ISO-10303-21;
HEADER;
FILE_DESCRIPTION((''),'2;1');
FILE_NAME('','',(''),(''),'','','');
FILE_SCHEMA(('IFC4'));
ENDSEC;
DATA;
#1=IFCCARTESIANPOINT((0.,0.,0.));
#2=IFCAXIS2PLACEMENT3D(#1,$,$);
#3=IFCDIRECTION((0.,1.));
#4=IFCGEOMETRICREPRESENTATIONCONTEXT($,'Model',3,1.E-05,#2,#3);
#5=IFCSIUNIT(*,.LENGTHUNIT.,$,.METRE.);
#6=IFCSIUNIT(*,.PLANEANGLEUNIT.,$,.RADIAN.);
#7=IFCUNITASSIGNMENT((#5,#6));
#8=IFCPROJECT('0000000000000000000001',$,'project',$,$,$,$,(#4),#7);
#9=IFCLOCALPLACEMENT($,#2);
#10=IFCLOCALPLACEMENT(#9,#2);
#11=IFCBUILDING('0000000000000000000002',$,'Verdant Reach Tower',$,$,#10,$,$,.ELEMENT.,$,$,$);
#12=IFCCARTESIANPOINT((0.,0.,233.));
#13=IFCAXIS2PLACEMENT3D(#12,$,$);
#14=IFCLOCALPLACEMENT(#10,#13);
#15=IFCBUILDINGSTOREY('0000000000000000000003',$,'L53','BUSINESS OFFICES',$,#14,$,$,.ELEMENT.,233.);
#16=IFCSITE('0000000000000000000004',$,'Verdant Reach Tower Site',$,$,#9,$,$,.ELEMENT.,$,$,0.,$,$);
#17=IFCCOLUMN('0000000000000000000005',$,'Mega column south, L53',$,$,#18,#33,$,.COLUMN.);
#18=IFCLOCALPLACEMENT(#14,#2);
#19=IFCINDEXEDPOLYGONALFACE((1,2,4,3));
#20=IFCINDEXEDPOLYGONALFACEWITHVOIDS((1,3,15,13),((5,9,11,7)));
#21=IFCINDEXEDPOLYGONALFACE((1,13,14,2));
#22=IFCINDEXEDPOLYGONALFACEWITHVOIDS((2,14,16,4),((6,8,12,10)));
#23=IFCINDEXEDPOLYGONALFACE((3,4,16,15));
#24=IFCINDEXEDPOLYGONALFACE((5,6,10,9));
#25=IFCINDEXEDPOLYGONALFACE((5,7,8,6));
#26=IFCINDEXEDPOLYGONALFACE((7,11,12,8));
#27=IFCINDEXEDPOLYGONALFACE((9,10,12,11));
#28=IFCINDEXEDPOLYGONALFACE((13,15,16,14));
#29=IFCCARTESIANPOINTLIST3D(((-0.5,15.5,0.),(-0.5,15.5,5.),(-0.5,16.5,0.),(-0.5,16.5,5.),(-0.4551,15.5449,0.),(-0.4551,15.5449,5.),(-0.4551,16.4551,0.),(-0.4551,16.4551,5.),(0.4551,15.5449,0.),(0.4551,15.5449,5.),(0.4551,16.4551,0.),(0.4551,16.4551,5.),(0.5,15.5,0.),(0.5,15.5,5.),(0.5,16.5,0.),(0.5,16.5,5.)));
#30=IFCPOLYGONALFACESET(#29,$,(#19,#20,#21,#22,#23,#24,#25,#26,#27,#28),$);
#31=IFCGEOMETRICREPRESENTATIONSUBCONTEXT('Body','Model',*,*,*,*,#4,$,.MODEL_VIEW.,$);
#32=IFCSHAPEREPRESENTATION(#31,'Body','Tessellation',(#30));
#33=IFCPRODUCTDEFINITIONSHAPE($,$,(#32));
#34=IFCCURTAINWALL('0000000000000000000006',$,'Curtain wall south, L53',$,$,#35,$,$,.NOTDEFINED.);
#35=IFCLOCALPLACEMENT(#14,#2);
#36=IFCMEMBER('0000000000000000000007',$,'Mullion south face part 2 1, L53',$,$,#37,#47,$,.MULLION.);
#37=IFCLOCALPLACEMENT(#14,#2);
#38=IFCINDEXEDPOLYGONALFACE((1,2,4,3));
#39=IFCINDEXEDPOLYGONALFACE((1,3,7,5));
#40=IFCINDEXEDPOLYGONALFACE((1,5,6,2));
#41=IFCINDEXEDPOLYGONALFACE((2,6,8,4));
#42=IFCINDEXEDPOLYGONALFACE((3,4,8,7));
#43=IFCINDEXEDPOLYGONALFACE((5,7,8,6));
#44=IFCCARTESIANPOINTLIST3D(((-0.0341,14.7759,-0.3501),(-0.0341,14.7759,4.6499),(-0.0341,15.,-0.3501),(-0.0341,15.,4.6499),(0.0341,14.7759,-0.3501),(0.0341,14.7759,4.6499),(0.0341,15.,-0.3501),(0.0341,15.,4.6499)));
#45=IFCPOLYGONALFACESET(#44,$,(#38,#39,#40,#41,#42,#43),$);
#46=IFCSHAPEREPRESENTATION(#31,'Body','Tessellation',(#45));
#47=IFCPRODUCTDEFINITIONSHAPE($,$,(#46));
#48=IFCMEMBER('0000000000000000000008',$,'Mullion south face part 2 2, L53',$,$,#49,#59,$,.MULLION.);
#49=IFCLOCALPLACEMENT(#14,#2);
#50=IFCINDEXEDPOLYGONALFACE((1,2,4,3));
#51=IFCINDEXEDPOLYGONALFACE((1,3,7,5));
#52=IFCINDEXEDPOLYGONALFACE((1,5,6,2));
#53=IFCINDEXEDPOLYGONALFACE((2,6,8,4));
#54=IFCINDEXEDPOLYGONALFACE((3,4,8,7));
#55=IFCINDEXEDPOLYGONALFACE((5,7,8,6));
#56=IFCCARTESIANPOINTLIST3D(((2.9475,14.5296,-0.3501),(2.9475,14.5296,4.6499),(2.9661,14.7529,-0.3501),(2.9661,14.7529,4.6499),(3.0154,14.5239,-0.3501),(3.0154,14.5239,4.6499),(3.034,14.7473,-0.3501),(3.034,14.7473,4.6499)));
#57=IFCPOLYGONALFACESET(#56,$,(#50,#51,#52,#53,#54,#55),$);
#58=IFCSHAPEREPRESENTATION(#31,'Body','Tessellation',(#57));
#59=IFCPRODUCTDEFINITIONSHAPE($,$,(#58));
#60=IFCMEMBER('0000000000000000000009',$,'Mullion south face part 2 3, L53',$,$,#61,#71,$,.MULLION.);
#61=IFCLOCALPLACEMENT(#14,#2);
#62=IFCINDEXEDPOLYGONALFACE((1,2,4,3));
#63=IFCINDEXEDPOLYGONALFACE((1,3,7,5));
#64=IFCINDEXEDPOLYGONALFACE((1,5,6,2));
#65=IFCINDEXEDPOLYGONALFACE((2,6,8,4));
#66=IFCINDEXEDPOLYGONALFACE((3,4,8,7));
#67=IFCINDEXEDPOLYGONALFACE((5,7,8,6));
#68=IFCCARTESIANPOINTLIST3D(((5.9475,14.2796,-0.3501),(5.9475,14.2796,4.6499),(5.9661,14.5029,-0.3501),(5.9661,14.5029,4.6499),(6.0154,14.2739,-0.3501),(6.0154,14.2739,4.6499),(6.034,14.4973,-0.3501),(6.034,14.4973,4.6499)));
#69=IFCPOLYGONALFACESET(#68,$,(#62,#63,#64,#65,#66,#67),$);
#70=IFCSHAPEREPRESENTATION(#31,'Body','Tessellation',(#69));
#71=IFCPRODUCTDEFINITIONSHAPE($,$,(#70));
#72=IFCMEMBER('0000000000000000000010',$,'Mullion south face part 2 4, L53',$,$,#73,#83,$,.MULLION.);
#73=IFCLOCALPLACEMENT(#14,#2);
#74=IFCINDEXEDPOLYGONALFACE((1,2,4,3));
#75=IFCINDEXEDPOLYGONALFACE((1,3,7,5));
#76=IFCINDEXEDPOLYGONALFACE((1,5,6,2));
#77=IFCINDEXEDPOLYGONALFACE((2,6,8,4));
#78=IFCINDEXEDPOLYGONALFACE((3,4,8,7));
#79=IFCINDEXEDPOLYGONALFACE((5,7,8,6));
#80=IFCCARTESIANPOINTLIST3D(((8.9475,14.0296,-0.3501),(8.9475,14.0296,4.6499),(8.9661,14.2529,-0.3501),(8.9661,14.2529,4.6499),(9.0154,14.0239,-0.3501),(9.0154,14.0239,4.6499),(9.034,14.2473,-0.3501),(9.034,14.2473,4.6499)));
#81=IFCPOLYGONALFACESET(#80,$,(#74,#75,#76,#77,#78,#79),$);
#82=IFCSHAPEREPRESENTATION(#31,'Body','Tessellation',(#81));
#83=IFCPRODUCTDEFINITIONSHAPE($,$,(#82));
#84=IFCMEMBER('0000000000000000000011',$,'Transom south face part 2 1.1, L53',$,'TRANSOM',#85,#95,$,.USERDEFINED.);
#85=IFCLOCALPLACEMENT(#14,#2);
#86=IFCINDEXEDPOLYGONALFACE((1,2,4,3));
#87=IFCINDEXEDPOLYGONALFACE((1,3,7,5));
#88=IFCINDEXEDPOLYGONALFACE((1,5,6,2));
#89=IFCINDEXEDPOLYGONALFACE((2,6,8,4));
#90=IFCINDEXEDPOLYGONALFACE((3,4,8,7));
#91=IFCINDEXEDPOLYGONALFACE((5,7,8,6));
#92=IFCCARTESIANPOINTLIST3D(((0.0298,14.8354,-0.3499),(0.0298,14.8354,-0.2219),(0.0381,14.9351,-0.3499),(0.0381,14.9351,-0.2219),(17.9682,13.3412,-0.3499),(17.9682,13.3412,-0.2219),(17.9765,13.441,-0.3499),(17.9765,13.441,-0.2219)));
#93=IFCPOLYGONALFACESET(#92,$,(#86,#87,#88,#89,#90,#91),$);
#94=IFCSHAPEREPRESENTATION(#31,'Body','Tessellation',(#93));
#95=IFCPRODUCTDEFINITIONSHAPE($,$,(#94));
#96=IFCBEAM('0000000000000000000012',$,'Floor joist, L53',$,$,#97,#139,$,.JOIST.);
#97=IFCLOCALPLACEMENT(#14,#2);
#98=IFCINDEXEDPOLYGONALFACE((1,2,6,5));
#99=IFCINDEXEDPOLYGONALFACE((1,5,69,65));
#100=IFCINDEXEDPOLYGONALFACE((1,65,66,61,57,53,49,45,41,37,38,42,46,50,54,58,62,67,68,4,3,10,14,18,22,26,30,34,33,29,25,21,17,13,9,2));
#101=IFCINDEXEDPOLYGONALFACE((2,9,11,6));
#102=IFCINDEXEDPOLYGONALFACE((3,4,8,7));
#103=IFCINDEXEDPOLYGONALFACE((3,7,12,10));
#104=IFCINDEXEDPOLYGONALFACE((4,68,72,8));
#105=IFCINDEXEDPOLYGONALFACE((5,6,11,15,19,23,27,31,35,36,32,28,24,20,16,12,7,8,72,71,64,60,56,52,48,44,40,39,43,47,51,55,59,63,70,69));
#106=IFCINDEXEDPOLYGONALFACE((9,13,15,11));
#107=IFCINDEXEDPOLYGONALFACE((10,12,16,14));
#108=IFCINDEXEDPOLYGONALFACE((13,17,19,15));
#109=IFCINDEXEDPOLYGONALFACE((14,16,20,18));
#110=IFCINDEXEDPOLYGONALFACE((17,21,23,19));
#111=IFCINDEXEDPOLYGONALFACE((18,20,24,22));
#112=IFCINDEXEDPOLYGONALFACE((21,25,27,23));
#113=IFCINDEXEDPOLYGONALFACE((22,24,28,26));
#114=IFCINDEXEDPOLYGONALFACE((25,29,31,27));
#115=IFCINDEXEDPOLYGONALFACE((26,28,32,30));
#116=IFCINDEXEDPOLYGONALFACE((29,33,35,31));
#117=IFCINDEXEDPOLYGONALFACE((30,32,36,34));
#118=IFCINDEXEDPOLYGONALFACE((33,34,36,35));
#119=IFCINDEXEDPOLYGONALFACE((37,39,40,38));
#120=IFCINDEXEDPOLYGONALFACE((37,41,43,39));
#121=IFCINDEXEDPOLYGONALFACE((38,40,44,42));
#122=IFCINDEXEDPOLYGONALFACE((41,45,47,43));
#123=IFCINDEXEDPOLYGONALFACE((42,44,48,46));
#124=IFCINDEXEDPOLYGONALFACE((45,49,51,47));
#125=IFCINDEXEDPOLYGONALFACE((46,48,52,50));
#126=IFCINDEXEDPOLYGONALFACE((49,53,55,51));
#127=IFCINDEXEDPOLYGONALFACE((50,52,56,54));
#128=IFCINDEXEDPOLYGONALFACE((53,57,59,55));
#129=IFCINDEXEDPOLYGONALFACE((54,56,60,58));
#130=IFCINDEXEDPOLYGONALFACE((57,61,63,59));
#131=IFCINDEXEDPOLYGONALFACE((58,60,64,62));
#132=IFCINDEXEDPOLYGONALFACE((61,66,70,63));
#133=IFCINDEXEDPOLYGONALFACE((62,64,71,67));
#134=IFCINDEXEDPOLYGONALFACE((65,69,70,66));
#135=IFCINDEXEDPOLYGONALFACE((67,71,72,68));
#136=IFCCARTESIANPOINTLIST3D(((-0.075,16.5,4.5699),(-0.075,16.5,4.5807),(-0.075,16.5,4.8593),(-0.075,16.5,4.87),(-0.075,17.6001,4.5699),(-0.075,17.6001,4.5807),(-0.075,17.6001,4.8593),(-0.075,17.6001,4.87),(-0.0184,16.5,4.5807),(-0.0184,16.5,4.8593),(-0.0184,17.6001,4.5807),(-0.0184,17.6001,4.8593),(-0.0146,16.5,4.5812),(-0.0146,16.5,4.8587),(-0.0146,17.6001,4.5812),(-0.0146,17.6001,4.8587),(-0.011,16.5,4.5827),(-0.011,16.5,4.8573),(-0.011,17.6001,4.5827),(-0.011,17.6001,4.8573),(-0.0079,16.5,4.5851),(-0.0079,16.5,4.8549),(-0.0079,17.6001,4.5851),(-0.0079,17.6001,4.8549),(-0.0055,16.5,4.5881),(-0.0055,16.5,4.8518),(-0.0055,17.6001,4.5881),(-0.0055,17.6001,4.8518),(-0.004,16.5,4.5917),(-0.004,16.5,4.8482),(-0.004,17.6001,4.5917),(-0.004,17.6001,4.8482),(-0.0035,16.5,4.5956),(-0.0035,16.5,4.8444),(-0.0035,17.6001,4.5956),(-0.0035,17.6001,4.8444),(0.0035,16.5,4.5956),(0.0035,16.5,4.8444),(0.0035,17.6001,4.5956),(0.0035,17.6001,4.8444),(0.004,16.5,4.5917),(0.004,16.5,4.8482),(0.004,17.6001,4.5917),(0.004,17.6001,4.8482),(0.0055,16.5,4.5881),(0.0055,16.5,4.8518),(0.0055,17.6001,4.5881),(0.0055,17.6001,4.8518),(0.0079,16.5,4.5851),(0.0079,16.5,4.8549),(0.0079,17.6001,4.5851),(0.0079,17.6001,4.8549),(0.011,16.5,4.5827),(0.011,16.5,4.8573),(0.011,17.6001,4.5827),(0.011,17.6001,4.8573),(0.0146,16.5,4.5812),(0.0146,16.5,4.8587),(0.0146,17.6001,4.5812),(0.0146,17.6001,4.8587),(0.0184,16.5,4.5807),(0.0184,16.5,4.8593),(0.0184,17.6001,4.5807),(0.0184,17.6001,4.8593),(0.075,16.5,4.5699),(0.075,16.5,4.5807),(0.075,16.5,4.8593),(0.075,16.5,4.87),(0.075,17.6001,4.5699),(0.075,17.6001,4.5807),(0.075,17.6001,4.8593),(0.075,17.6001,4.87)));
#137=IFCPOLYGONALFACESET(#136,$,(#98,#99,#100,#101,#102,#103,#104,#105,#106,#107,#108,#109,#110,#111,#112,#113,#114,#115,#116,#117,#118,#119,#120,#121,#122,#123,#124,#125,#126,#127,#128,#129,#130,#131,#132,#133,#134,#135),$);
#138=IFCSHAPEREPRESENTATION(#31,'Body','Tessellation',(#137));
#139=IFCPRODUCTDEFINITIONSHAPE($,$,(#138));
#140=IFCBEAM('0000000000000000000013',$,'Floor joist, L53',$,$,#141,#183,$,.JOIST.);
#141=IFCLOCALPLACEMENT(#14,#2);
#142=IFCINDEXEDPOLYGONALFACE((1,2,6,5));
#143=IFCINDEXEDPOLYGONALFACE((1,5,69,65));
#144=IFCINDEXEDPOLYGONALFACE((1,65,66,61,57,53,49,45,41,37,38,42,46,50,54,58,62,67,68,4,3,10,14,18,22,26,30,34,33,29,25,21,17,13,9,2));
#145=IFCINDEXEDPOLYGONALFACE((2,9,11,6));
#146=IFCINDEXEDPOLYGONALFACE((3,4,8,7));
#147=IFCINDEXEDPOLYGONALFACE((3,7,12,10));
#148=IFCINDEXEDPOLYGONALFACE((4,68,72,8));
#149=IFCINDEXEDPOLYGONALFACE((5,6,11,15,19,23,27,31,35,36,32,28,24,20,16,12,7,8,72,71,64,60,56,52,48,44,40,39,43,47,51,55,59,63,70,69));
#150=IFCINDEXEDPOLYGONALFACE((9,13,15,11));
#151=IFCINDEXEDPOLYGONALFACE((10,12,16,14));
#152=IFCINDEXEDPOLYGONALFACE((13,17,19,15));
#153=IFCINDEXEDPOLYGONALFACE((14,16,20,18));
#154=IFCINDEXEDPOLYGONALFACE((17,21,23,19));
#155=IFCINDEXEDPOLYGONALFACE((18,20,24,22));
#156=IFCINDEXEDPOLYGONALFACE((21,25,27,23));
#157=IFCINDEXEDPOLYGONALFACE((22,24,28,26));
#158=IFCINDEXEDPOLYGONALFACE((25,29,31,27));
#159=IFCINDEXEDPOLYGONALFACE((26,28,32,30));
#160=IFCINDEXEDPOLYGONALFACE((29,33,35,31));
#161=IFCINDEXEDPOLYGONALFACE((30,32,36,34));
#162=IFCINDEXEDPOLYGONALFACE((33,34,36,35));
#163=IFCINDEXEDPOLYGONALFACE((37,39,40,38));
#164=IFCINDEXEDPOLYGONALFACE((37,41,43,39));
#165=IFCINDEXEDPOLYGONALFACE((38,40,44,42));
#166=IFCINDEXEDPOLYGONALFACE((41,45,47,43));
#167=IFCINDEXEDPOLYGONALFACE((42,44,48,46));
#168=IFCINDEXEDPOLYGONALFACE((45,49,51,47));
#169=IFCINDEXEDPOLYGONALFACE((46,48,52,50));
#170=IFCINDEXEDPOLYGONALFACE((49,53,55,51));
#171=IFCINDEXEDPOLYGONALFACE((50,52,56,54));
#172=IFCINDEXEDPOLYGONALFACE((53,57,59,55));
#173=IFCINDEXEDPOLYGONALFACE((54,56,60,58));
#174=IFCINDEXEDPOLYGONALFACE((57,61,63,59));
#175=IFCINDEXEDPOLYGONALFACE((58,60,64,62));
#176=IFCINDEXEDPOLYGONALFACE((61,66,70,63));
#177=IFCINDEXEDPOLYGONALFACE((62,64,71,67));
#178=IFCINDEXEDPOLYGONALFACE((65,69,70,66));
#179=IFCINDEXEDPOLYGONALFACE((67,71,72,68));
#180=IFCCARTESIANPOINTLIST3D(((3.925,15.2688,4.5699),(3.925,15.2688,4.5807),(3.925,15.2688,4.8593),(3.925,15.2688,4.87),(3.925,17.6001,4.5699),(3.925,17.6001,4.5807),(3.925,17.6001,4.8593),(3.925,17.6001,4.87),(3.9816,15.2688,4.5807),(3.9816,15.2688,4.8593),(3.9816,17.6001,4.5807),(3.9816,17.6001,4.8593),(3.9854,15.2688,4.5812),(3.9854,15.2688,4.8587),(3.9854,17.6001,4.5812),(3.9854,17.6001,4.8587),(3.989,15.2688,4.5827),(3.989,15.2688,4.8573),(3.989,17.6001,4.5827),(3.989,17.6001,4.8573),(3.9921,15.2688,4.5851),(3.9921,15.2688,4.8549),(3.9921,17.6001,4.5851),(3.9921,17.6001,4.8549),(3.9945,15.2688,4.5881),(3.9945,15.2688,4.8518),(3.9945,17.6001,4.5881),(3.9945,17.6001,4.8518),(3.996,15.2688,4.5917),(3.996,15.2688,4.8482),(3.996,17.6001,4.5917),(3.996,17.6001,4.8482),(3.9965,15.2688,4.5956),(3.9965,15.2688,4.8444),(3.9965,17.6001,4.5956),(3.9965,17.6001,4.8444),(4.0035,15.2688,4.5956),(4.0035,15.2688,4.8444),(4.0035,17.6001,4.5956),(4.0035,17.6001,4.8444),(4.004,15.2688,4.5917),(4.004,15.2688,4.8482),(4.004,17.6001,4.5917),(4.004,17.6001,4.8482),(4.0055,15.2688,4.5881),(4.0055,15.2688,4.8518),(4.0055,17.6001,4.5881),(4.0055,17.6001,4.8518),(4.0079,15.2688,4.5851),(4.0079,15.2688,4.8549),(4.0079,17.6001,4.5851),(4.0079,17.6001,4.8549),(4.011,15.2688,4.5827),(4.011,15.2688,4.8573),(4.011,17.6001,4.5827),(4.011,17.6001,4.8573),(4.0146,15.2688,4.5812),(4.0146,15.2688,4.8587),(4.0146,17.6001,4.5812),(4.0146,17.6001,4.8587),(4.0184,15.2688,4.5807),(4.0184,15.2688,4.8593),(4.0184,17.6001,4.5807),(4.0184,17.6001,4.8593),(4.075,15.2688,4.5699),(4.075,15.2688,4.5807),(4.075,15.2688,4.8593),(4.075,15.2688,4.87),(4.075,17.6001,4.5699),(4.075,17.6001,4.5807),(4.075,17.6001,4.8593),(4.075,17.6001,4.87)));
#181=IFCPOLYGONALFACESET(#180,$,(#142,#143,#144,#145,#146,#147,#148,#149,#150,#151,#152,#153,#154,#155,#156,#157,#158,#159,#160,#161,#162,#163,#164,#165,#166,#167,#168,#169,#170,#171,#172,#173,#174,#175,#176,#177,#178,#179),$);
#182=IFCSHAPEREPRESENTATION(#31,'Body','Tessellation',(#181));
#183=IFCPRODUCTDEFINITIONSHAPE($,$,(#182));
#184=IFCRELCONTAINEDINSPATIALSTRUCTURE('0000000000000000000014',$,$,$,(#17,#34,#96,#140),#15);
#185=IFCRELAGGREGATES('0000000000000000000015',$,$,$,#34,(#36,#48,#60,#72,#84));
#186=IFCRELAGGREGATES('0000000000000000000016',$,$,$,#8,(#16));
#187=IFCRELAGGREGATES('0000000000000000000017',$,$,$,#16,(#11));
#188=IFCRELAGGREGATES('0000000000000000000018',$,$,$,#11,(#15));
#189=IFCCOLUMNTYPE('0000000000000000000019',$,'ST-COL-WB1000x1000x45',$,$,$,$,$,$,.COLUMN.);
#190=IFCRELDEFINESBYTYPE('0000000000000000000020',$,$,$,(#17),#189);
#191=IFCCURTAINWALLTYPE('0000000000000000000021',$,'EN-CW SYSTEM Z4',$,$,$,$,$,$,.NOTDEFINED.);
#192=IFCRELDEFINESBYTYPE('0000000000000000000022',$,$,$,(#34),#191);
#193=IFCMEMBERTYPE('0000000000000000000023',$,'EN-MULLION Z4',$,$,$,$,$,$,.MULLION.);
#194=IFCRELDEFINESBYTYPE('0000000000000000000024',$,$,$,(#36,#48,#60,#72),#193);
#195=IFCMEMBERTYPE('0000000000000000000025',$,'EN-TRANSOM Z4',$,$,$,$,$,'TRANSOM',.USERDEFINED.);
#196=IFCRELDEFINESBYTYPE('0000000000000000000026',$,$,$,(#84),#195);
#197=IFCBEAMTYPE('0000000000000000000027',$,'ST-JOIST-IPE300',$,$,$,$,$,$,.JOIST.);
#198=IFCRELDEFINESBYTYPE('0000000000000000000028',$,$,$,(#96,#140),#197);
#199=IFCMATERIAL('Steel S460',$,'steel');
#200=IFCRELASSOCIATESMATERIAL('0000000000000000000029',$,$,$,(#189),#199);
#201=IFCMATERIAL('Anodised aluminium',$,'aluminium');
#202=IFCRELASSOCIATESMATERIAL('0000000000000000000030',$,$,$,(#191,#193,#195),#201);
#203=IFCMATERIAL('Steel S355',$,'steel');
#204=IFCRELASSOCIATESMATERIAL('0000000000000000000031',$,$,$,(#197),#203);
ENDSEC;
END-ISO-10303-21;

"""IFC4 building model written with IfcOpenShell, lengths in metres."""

from ifc_helpers import new_model, si_unit, direction, frame, origin, origin_2d, place, context, subcontext, project, spatial, rectangle, hollow_rectangle, i_section, extrude, material, material_profile, profile_set, type_object, element, aggregate, save


model = new_model("IFC4")

# Units and contexts
model_context = context("Model", 3, precision=1e-05, world=origin(), true_north=direction((0.0, 1.0)))
body_context = subcontext(model_context, "Body", "Model", "MODEL_VIEW")
ifc_project = project(units=[si_unit("LENGTHUNIT", "METRE"), si_unit("PLANEANGLEUNIT", "RADIAN")], contexts=[model_context])

# Site, building, storey
site_placement = place(None, origin())
site = spatial("IfcSite", under=ifc_project, at=site_placement, Name="Verdant Reach Tower Site", CompositionType="ELEMENT", RefElevation=0.0)
building_placement = place(site_placement, origin())
building = spatial("IfcBuilding", under=site, at=building_placement, Name="Verdant Reach Tower", CompositionType="ELEMENT")
storey_placement = place(building_placement, frame((0.0, 0.0, 233.0)))
storey = spatial("IfcBuildingStorey", under=building, at=storey_placement, Name="L53", Description="BUSINESS OFFICES", CompositionType="ELEMENT", Elevation=233.0)

# Column
ifc_material_1 = material(Name="Steel S460", Category="steel")
ifc_material_profile_1 = material_profile(ifc_material_1, hollow_rectangle(XDim=1.0, YDim=1.0, WallThickness=0.0449, at=origin_2d()), Name="WB 1000x1000x45")
ifc_profile_set_1 = profile_set([ifc_material_profile_1], Name="Steel S460")
column_type = type_object("IfcColumnType", Name="ST-COL-WB1000x1000x45", PredefinedType="COLUMN", material=ifc_profile_set_1)
column_placement = place(storey_placement, frame((0.0, 16.0, 0.0), z_axis=(0.0, 0.0, 1.0), x_axis=(1.0, 0.0, 0.0)))
element("IfcColumn", 1, at=column_placement, inside=storey, type_object=column_type, Name="Mega column south, L53", PredefinedType="COLUMN", context=body_context, shape_type="SweptSolid", body=[
    extrude(hollow_rectangle(XDim=1.0, YDim=1.0, WallThickness=0.0449, at=origin_2d()), origin(), (0.0, 0.0, 1.0), 5.0),
])

# Curtain wall, members
ifc_material_2 = material(Name="Anodised aluminium", Category="aluminium")
curtain_wall_type = type_object("IfcCurtainWallType", Name="EN-CW SYSTEM Z4", PredefinedType="NOTDEFINED", material=ifc_material_2)
curtain_wall_placement = place(storey_placement, origin())
curtain_wall = element("IfcCurtainWall", 2, at=curtain_wall_placement, inside=storey, type_object=curtain_wall_type, Name="Curtain wall south, L53", PredefinedType="NOTDEFINED")
ifc_material_profile_2 = material_profile(ifc_material_2, rectangle(XDim=0.2241, YDim=0.0681, at=origin_2d()), Name="Mullion 68x224")
ifc_profile_set_2 = profile_set([ifc_material_profile_2], Name="Anodised aluminium")
member_type_1 = type_object("IfcMemberType", Name="EN-MULLION Z4", PredefinedType="MULLION", material=ifc_profile_set_2)
member_1_placement = place(storey_placement, frame((0.0, 14.8879, -0.3501), z_axis=(0.0, 0.0, 1.0), x_axis=(0.0, -1.0, 0.0)))
member_1 = element("IfcMember", 3, at=member_1_placement, type_object=member_type_1, Name="Mullion south face part 2 1, L53", PredefinedType="MULLION", context=body_context, shape_type="SweptSolid", body=[
    extrude(rectangle(XDim=0.2241, YDim=0.0681, at=origin_2d()), origin(), (0.0, 0.0, 1.0), 5.0),
])
member_2_placement = place(storey_placement, frame((2.9907, 14.6384, -0.3501), z_axis=(0.0, 0.0, 1.0), x_axis=(-0.083045, -0.996546, 0.0)))
member_2 = element("IfcMember", 4, at=member_2_placement, type_object=member_type_1, Name="Mullion south face part 2 2, L53", PredefinedType="MULLION", context=body_context, shape_type="SweptSolid", body=[
    extrude(rectangle(XDim=0.2241, YDim=0.0681, at=origin_2d()), origin(), (0.0, 0.0, 1.0), 5.0),
])
member_3_placement = place(storey_placement, frame((5.9907, 14.3884, -0.3501), z_axis=(0.0, 0.0, 1.0), x_axis=(-0.083045, -0.996546, 0.0)))
member_3 = element("IfcMember", 5, at=member_3_placement, type_object=member_type_1, Name="Mullion south face part 2 3, L53", PredefinedType="MULLION", context=body_context, shape_type="SweptSolid", body=[
    extrude(rectangle(XDim=0.2241, YDim=0.0681, at=origin_2d()), origin(), (0.0, 0.0, 1.0), 5.0),
])
member_4_placement = place(storey_placement, frame((8.9907, 14.1384, -0.3501), z_axis=(0.0, 0.0, 1.0), x_axis=(-0.083045, -0.996546, 0.0)))
member_4 = element("IfcMember", 6, at=member_4_placement, type_object=member_type_1, Name="Mullion south face part 2 4, L53", PredefinedType="MULLION", context=body_context, shape_type="SweptSolid", body=[
    extrude(rectangle(XDim=0.2241, YDim=0.0681, at=origin_2d()), origin(), (0.0, 0.0, 1.0), 5.0),
])
ifc_material_profile_3 = material_profile(ifc_material_2, rectangle(XDim=0.1001, YDim=0.1279, at=origin_2d()), Name="Transom 128x100")
ifc_profile_set_3 = profile_set([ifc_material_profile_3], Name="Anodised aluminium")
member_type_2 = type_object("IfcMemberType", Name="EN-TRANSOM Z4", ElementType="TRANSOM", PredefinedType="USERDEFINED", material=ifc_profile_set_3)
member_5_placement = place(storey_placement, frame((0.0339, 14.8853, -0.2859), z_axis=(0.996549, -0.083005, 0.0), x_axis=(0.083005, 0.996549, 0.0)))
member_5 = element("IfcMember", 7, at=member_5_placement, type_object=member_type_2, Name="Transom south face part 2 1.1, L53", ObjectType="TRANSOM", PredefinedType="USERDEFINED", context=body_context, shape_type="SweptSolid", body=[
    extrude(rectangle(XDim=0.1001, YDim=0.1279, at=origin_2d()), origin(), (0.0, 0.0, 1.0), 18.0005),
])

# Beams
ifc_material_3 = material(Name="Steel S355", Category="steel")
ifc_material_profile_4 = material_profile(ifc_material_3, i_section(OverallWidth=0.1499, OverallDepth=0.3, WebThickness=0.0071, FlangeThickness=0.0107, FilletRadius=0.0149, at=origin_2d()), Name="IPE 300")
ifc_profile_set_4 = profile_set([ifc_material_profile_4], Name="Steel S355")
beam_type = type_object("IfcBeamType", Name="ST-JOIST-IPE300", PredefinedType="JOIST", material=ifc_profile_set_4)
beam_1_placement = place(storey_placement, frame((0.0, 17.6001, 4.72), z_axis=(0.0, -1.0, 0.0), x_axis=(1.0, 0.0, 0.0)))
element("IfcBeam", 8, at=beam_1_placement, inside=storey, type_object=beam_type, Name="Floor joist, L53", PredefinedType="JOIST", context=body_context, shape_type="SweptSolid", body=[
    extrude(i_section(OverallWidth=0.1499, OverallDepth=0.3, WebThickness=0.0071, FlangeThickness=0.0107, FilletRadius=0.0149, at=origin_2d()), origin(), (0.0, 0.0, 1.0), 1.1001),
])
beam_2_placement = place(storey_placement, frame((4.0, 17.6001, 4.72), z_axis=(0.0, -1.0, 0.0), x_axis=(1.0, 0.0, 0.0)))
element("IfcBeam", 9, at=beam_2_placement, inside=storey, type_object=beam_type, Name="Floor joist, L53", PredefinedType="JOIST", context=body_context, shape_type="SweptSolid", body=[
    extrude(i_section(OverallWidth=0.1499, OverallDepth=0.3, WebThickness=0.0071, FlangeThickness=0.0107, FilletRadius=0.0149, at=origin_2d()), origin(), (0.0, 0.0, 1.0), 2.3313),
])

aggregate(curtain_wall, [member_1, member_2, member_3, member_4, member_5])

save(model, "model.ifc")
